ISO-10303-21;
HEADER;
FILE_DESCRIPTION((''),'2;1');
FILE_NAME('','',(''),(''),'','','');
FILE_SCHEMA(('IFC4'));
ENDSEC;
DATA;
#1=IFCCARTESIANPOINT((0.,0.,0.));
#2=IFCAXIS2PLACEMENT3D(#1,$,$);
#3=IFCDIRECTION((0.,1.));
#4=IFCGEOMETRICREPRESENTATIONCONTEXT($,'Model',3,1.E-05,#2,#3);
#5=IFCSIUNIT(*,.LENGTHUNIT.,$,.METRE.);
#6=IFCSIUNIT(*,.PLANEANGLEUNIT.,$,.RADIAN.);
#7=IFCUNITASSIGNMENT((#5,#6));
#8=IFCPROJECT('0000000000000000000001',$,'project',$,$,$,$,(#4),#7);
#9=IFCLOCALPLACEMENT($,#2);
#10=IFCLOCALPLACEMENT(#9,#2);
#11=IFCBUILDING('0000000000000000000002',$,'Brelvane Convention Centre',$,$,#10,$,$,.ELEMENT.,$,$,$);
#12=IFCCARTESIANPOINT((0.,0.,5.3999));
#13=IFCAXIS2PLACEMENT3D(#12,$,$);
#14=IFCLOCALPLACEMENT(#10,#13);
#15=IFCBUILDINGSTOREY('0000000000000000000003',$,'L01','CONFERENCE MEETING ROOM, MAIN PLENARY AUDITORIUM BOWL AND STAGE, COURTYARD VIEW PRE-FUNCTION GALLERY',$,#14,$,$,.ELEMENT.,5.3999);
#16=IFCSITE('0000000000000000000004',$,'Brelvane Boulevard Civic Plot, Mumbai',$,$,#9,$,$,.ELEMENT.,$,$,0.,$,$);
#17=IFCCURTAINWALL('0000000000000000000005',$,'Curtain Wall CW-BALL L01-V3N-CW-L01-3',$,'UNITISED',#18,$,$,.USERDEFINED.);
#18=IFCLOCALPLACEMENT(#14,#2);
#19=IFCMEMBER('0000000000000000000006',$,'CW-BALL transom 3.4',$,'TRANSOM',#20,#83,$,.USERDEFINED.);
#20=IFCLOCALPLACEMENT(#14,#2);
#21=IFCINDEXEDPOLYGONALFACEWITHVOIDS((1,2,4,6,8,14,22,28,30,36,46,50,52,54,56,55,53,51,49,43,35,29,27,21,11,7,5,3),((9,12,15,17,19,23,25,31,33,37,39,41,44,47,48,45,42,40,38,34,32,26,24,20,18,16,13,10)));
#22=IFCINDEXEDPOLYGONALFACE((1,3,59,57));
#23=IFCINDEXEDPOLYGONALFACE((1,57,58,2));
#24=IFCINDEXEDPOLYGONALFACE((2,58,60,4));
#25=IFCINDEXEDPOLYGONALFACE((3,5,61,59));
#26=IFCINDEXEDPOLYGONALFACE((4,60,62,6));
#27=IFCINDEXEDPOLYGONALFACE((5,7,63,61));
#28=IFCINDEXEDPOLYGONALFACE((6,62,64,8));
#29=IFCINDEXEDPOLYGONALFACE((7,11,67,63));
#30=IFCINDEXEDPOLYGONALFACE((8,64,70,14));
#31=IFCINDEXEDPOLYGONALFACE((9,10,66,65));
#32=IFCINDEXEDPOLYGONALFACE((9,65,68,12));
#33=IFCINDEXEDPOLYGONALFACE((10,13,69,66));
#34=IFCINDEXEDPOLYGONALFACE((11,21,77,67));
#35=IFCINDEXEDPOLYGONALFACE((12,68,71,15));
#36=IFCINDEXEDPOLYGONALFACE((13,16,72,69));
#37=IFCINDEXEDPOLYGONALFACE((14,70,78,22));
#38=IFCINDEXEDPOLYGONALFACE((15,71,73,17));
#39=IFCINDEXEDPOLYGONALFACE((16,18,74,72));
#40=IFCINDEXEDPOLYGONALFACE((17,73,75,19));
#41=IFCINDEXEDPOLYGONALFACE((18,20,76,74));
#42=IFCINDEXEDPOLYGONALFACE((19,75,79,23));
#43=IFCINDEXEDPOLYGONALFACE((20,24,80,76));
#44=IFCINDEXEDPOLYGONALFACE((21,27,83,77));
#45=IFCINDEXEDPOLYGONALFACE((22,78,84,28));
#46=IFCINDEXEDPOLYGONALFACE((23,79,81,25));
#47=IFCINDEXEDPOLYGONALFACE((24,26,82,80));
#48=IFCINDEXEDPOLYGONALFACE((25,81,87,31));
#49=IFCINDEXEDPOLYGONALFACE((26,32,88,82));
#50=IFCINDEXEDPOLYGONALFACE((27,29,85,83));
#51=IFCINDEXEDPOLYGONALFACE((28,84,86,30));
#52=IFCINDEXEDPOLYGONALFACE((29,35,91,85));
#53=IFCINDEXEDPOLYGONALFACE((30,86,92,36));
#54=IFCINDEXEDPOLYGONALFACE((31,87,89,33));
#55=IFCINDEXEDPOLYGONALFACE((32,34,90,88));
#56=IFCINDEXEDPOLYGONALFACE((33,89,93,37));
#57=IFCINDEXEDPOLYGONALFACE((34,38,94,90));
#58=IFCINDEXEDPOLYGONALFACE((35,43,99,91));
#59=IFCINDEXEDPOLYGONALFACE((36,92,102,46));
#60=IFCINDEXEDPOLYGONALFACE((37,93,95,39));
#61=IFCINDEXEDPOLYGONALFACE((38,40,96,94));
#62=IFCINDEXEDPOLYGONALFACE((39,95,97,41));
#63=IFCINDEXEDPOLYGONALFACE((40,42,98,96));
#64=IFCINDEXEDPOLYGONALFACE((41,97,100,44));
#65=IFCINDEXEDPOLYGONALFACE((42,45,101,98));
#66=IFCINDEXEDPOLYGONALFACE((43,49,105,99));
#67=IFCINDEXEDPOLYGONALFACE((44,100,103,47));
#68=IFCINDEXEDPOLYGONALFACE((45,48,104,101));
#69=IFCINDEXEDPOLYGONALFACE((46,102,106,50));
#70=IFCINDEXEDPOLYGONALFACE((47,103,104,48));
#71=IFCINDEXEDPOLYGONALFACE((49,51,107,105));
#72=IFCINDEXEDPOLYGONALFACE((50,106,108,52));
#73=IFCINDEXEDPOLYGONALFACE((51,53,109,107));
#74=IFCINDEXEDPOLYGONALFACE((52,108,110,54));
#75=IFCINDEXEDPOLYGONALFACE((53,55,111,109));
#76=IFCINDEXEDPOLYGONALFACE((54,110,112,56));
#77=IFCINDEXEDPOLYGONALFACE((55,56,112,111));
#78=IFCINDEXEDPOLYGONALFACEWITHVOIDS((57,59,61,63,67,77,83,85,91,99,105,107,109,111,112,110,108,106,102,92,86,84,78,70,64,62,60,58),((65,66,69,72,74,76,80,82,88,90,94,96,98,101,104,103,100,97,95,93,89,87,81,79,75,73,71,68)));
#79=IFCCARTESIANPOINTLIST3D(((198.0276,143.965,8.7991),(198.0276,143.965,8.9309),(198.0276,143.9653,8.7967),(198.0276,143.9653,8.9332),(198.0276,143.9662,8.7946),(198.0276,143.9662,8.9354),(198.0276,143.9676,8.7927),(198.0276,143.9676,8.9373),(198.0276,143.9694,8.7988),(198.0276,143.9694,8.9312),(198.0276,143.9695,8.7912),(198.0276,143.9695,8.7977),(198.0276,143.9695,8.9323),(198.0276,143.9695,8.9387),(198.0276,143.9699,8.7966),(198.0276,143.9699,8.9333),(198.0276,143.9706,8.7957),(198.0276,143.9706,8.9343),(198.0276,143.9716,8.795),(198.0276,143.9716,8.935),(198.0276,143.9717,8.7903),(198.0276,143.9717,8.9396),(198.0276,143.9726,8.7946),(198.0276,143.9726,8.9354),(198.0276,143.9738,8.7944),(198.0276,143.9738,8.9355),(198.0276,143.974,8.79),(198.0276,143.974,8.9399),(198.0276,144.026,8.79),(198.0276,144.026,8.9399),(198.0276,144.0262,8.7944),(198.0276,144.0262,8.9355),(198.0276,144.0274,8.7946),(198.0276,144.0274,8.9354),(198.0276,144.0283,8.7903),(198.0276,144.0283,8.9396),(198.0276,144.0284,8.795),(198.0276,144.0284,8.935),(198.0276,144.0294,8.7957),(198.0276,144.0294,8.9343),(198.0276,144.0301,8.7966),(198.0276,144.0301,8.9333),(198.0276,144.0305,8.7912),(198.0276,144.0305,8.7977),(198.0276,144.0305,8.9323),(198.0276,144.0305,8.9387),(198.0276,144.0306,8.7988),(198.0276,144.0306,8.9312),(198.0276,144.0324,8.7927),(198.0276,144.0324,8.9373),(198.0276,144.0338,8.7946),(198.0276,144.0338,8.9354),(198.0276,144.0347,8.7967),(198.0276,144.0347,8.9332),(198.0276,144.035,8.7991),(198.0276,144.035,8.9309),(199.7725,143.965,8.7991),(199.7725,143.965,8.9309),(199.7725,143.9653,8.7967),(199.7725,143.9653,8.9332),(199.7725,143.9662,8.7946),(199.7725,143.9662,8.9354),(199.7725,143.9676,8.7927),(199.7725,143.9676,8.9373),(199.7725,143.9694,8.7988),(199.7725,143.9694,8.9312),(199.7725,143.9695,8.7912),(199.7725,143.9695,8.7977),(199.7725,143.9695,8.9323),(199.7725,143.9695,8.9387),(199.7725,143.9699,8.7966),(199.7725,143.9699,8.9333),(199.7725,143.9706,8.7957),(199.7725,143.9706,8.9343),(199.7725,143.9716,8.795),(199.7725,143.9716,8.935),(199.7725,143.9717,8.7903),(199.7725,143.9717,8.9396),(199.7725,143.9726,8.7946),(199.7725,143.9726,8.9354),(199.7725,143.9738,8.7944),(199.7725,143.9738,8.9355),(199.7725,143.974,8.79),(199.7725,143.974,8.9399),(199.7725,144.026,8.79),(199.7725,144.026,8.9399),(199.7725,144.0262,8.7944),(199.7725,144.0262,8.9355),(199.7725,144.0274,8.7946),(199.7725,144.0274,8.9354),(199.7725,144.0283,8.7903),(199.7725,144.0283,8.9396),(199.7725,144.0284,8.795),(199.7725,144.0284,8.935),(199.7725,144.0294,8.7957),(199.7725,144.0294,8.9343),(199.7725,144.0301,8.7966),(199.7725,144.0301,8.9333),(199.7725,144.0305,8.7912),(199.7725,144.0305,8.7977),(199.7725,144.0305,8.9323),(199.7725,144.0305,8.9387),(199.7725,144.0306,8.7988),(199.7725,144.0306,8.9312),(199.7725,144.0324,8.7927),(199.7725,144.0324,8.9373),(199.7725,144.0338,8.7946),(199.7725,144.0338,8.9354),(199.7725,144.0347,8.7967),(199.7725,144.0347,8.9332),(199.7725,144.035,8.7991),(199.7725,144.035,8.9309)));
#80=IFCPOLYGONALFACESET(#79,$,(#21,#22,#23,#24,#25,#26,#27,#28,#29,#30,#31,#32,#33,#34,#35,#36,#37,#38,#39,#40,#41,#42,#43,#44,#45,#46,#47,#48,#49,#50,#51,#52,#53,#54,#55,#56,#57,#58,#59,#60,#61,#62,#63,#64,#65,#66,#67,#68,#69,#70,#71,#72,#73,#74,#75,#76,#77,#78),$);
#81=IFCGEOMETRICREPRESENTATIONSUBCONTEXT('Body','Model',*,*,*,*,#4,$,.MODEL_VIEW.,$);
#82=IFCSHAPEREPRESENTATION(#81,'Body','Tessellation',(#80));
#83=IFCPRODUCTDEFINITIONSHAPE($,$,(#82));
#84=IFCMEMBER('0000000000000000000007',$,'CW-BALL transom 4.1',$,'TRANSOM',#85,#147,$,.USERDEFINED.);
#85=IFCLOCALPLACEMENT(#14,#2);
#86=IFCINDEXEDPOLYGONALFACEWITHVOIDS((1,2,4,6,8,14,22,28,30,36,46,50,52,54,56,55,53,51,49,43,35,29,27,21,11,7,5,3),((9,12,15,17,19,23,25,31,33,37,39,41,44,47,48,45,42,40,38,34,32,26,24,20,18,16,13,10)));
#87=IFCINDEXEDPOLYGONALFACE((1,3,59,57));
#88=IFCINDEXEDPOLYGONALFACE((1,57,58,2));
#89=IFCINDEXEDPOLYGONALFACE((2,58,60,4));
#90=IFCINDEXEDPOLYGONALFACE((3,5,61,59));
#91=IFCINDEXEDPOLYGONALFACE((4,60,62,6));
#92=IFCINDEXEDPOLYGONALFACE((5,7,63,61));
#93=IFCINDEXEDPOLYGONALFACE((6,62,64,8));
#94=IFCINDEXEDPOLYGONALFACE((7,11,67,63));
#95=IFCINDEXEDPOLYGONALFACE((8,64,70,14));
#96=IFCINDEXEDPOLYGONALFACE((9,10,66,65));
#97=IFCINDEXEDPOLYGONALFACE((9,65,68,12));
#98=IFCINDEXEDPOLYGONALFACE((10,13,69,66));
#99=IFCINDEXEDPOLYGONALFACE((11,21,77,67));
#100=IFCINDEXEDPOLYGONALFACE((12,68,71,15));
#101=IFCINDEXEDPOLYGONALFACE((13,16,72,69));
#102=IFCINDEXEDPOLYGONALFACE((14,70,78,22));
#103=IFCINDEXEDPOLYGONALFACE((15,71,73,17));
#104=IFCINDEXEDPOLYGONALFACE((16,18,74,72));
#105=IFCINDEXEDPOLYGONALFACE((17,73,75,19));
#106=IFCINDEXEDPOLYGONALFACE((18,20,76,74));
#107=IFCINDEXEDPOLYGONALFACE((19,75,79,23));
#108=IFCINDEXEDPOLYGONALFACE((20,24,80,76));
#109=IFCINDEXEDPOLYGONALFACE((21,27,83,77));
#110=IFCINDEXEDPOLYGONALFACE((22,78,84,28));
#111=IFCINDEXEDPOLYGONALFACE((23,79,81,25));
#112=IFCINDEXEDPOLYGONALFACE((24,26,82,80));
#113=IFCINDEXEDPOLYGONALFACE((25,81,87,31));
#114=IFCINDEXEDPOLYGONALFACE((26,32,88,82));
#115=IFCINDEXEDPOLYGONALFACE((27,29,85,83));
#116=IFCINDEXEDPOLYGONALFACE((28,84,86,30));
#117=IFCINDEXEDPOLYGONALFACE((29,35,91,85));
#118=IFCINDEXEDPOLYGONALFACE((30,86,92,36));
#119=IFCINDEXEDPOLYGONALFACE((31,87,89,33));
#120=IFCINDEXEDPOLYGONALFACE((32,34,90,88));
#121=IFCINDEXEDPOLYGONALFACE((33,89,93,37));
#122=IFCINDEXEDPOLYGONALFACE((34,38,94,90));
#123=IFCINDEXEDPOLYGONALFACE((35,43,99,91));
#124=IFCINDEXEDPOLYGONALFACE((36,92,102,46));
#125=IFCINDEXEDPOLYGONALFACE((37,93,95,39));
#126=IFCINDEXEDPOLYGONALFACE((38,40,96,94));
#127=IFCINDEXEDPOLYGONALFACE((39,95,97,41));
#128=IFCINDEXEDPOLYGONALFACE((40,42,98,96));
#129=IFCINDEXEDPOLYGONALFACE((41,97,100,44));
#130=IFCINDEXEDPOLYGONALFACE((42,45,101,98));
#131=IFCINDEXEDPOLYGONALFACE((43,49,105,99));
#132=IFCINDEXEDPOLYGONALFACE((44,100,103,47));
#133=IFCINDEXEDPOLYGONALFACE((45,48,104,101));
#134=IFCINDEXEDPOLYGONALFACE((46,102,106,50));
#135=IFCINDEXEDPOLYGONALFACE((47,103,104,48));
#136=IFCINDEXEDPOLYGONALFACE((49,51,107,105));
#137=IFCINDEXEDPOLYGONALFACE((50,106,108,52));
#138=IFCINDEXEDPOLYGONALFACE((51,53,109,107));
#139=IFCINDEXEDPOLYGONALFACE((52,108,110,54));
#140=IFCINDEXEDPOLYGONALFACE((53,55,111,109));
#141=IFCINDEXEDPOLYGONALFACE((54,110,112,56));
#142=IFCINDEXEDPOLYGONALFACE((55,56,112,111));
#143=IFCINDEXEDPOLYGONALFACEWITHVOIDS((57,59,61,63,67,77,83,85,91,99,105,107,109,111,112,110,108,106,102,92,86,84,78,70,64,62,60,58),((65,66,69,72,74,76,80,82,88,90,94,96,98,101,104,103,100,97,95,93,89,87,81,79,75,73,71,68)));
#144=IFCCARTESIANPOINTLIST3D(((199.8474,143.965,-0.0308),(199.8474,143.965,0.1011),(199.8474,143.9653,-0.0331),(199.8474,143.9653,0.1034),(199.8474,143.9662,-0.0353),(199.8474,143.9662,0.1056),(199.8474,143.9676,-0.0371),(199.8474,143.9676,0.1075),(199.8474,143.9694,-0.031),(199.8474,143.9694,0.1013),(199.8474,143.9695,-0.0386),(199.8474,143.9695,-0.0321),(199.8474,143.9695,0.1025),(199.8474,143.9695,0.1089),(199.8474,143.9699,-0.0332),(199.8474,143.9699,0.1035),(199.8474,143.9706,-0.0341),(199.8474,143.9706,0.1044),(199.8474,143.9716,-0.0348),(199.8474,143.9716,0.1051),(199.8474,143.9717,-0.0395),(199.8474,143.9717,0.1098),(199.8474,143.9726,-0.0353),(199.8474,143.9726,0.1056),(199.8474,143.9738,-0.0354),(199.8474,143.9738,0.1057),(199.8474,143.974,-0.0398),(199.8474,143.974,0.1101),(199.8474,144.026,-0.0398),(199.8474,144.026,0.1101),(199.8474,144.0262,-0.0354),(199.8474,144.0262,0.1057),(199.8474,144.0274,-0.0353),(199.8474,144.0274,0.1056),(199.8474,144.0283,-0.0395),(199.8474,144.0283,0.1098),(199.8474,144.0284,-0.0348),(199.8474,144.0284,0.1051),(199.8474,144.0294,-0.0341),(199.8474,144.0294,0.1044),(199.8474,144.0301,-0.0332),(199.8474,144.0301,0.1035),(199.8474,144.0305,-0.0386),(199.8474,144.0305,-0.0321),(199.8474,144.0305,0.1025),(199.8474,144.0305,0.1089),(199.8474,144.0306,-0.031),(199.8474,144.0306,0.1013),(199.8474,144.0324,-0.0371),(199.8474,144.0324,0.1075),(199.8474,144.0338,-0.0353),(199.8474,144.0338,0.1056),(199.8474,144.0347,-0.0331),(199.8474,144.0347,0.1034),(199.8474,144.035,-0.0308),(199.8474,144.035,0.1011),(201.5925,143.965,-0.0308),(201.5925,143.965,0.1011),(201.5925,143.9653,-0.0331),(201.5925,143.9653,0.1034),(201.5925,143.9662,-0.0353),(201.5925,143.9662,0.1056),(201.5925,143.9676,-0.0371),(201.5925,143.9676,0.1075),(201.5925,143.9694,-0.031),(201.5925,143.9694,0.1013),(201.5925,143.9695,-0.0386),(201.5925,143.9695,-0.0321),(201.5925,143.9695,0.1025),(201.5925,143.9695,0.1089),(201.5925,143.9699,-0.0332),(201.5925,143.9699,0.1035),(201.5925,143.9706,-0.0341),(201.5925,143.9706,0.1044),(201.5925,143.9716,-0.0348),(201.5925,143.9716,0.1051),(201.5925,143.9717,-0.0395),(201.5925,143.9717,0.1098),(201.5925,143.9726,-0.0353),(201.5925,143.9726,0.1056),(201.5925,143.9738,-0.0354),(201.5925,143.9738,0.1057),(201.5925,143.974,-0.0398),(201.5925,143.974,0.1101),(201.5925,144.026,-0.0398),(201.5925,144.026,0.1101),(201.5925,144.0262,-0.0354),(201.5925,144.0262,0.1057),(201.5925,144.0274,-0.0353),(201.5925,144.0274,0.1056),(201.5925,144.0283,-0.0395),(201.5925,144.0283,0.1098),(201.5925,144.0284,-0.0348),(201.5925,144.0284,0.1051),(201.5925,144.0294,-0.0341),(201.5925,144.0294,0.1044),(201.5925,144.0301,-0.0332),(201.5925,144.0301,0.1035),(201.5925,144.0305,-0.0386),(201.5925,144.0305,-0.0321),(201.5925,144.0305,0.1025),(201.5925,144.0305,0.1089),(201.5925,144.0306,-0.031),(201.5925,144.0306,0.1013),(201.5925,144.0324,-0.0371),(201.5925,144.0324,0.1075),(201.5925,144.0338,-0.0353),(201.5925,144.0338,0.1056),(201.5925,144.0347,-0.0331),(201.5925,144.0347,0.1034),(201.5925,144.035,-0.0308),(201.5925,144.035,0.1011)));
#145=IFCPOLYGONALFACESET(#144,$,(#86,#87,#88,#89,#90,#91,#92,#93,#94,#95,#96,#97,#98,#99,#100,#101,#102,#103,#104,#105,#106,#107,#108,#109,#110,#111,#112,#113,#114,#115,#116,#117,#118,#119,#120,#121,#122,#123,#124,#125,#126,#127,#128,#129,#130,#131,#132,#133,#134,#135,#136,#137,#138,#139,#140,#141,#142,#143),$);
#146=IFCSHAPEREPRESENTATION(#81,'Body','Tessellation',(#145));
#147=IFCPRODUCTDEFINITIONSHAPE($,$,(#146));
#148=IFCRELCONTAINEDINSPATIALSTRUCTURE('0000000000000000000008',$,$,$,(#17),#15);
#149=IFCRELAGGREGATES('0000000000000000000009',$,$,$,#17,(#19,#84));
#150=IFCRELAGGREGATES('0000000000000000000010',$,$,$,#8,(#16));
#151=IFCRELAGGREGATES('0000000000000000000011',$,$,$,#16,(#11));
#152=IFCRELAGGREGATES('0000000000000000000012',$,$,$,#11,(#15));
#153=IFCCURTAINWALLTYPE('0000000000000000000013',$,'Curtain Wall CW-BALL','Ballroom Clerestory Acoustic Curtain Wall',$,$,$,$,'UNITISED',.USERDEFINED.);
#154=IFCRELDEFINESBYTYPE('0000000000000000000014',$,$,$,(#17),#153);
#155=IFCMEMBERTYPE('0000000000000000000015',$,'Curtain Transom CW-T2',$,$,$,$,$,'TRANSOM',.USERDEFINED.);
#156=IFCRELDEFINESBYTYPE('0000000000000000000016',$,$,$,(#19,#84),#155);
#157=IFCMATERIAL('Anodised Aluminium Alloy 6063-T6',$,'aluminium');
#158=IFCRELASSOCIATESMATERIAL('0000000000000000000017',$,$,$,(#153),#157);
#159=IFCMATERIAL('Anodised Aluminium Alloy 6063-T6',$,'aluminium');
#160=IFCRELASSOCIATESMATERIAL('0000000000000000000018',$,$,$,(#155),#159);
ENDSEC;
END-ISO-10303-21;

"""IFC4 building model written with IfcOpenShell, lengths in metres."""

from ifc_helpers import new_model, si_unit, direction, frame, origin, origin_2d, place, context, subcontext, project, spatial, hollow_rectangle, extrude, material, material_profile, profile_set, type_object, element, aggregate, save


model = new_model("IFC4")

# Units and contexts
model_context = context("Model", 3, precision=1e-05, world=origin(), true_north=direction((0.0, 1.0)))
body_context = subcontext(model_context, "Body", "Model", "MODEL_VIEW")
ifc_project = project(units=[si_unit("LENGTHUNIT", "METRE"), si_unit("PLANEANGLEUNIT", "RADIAN")], contexts=[model_context])

# Site, building, storey
site_placement = place(None, origin())
site = spatial("IfcSite", under=ifc_project, at=site_placement, Name="Brelvane Boulevard Civic Plot, Mumbai", CompositionType="ELEMENT", RefElevation=0.0)
building_placement = place(site_placement, origin())
building = spatial("IfcBuilding", under=site, at=building_placement, Name="Brelvane Convention Centre", CompositionType="ELEMENT")
storey_placement = place(building_placement, frame((0.0, 0.0, 5.3999)))
storey = spatial("IfcBuildingStorey", under=building, at=storey_placement, Name="L01", Description="CONFERENCE MEETING ROOM, MAIN PLENARY AUDITORIUM BOWL AND STAGE, COURTYARD VIEW PRE-FUNCTION GALLERY", CompositionType="ELEMENT", Elevation=5.3999)

# Shared definitions
ifc_material_1 = material(Name="Anodised Aluminium Alloy 6063-T6", Category="aluminium")
curtain_wall_type = type_object("IfcCurtainWallType", Name="Curtain Wall CW-BALL", Description="Ballroom Clerestory Acoustic Curtain Wall", ElementType="UNITISED", PredefinedType="USERDEFINED", material=ifc_material_1)

# Curtain wall, members
curtain_wall_1_placement = place(storey_placement, origin())
curtain_wall_1 = element("IfcCurtainWall", 1, at=curtain_wall_1_placement, inside=storey, type_object=curtain_wall_type, Name="Curtain Wall CW-BALL L01-V3N-CW-L01-3", ObjectType="UNITISED", PredefinedType="USERDEFINED")
ifc_material_2 = material(Name="Anodised Aluminium Alloy 6063-T6", Category="aluminium")
ifc_material_profile_1 = material_profile(ifc_material_2, hollow_rectangle(XDim=0.0701, YDim=0.1499, WallThickness=0.0044, InnerFilletRadius=0.0044, OuterFilletRadius=0.009, at=origin_2d()), Name="ALU-T 150x70x4.5")
ifc_profile_set_1 = profile_set([ifc_material_profile_1], Name="Anodised Aluminium Alloy 6063-T6")
member_type_1 = type_object("IfcMemberType", Name="Curtain Transom CW-T2", ElementType="TRANSOM", PredefinedType="USERDEFINED", material=ifc_profile_set_1)
member_1_placement = place(storey_placement, frame((198.0276, 144.0, 8.865), z_axis=(1.0, 0.0, 0.0), x_axis=(0.0, 1.0, 0.0)))
member_1 = element("IfcMember", 2, at=member_1_placement, type_object=member_type_1, Name="CW-BALL transom 3.4", ObjectType="TRANSOM", PredefinedType="USERDEFINED", context=body_context, shape_type="SweptSolid", body=[
    extrude(hollow_rectangle(XDim=0.0701, YDim=0.1499, WallThickness=0.0044, InnerFilletRadius=0.0044, OuterFilletRadius=0.009, at=origin_2d()), origin(), (0.0, 0.0, 1.0), 1.7449),
])
member_2_placement = place(storey_placement, frame((199.8474, 144.0, 0.0352), z_axis=(1.0, 0.0, 0.0), x_axis=(0.0, 1.0, 0.0)))
member_2 = element("IfcMember", 3, at=member_2_placement, type_object=member_type_1, Name="CW-BALL transom 4.1", ObjectType="TRANSOM", PredefinedType="USERDEFINED", context=body_context, shape_type="SweptSolid", body=[
    extrude(hollow_rectangle(XDim=0.0701, YDim=0.1499, WallThickness=0.0044, InnerFilletRadius=0.0044, OuterFilletRadius=0.009, at=origin_2d()), origin(), (0.0, 0.0, 1.0), 1.7451),
])
aggregate(curtain_wall_1, [member_1, member_2])

save(model, "model.ifc")
